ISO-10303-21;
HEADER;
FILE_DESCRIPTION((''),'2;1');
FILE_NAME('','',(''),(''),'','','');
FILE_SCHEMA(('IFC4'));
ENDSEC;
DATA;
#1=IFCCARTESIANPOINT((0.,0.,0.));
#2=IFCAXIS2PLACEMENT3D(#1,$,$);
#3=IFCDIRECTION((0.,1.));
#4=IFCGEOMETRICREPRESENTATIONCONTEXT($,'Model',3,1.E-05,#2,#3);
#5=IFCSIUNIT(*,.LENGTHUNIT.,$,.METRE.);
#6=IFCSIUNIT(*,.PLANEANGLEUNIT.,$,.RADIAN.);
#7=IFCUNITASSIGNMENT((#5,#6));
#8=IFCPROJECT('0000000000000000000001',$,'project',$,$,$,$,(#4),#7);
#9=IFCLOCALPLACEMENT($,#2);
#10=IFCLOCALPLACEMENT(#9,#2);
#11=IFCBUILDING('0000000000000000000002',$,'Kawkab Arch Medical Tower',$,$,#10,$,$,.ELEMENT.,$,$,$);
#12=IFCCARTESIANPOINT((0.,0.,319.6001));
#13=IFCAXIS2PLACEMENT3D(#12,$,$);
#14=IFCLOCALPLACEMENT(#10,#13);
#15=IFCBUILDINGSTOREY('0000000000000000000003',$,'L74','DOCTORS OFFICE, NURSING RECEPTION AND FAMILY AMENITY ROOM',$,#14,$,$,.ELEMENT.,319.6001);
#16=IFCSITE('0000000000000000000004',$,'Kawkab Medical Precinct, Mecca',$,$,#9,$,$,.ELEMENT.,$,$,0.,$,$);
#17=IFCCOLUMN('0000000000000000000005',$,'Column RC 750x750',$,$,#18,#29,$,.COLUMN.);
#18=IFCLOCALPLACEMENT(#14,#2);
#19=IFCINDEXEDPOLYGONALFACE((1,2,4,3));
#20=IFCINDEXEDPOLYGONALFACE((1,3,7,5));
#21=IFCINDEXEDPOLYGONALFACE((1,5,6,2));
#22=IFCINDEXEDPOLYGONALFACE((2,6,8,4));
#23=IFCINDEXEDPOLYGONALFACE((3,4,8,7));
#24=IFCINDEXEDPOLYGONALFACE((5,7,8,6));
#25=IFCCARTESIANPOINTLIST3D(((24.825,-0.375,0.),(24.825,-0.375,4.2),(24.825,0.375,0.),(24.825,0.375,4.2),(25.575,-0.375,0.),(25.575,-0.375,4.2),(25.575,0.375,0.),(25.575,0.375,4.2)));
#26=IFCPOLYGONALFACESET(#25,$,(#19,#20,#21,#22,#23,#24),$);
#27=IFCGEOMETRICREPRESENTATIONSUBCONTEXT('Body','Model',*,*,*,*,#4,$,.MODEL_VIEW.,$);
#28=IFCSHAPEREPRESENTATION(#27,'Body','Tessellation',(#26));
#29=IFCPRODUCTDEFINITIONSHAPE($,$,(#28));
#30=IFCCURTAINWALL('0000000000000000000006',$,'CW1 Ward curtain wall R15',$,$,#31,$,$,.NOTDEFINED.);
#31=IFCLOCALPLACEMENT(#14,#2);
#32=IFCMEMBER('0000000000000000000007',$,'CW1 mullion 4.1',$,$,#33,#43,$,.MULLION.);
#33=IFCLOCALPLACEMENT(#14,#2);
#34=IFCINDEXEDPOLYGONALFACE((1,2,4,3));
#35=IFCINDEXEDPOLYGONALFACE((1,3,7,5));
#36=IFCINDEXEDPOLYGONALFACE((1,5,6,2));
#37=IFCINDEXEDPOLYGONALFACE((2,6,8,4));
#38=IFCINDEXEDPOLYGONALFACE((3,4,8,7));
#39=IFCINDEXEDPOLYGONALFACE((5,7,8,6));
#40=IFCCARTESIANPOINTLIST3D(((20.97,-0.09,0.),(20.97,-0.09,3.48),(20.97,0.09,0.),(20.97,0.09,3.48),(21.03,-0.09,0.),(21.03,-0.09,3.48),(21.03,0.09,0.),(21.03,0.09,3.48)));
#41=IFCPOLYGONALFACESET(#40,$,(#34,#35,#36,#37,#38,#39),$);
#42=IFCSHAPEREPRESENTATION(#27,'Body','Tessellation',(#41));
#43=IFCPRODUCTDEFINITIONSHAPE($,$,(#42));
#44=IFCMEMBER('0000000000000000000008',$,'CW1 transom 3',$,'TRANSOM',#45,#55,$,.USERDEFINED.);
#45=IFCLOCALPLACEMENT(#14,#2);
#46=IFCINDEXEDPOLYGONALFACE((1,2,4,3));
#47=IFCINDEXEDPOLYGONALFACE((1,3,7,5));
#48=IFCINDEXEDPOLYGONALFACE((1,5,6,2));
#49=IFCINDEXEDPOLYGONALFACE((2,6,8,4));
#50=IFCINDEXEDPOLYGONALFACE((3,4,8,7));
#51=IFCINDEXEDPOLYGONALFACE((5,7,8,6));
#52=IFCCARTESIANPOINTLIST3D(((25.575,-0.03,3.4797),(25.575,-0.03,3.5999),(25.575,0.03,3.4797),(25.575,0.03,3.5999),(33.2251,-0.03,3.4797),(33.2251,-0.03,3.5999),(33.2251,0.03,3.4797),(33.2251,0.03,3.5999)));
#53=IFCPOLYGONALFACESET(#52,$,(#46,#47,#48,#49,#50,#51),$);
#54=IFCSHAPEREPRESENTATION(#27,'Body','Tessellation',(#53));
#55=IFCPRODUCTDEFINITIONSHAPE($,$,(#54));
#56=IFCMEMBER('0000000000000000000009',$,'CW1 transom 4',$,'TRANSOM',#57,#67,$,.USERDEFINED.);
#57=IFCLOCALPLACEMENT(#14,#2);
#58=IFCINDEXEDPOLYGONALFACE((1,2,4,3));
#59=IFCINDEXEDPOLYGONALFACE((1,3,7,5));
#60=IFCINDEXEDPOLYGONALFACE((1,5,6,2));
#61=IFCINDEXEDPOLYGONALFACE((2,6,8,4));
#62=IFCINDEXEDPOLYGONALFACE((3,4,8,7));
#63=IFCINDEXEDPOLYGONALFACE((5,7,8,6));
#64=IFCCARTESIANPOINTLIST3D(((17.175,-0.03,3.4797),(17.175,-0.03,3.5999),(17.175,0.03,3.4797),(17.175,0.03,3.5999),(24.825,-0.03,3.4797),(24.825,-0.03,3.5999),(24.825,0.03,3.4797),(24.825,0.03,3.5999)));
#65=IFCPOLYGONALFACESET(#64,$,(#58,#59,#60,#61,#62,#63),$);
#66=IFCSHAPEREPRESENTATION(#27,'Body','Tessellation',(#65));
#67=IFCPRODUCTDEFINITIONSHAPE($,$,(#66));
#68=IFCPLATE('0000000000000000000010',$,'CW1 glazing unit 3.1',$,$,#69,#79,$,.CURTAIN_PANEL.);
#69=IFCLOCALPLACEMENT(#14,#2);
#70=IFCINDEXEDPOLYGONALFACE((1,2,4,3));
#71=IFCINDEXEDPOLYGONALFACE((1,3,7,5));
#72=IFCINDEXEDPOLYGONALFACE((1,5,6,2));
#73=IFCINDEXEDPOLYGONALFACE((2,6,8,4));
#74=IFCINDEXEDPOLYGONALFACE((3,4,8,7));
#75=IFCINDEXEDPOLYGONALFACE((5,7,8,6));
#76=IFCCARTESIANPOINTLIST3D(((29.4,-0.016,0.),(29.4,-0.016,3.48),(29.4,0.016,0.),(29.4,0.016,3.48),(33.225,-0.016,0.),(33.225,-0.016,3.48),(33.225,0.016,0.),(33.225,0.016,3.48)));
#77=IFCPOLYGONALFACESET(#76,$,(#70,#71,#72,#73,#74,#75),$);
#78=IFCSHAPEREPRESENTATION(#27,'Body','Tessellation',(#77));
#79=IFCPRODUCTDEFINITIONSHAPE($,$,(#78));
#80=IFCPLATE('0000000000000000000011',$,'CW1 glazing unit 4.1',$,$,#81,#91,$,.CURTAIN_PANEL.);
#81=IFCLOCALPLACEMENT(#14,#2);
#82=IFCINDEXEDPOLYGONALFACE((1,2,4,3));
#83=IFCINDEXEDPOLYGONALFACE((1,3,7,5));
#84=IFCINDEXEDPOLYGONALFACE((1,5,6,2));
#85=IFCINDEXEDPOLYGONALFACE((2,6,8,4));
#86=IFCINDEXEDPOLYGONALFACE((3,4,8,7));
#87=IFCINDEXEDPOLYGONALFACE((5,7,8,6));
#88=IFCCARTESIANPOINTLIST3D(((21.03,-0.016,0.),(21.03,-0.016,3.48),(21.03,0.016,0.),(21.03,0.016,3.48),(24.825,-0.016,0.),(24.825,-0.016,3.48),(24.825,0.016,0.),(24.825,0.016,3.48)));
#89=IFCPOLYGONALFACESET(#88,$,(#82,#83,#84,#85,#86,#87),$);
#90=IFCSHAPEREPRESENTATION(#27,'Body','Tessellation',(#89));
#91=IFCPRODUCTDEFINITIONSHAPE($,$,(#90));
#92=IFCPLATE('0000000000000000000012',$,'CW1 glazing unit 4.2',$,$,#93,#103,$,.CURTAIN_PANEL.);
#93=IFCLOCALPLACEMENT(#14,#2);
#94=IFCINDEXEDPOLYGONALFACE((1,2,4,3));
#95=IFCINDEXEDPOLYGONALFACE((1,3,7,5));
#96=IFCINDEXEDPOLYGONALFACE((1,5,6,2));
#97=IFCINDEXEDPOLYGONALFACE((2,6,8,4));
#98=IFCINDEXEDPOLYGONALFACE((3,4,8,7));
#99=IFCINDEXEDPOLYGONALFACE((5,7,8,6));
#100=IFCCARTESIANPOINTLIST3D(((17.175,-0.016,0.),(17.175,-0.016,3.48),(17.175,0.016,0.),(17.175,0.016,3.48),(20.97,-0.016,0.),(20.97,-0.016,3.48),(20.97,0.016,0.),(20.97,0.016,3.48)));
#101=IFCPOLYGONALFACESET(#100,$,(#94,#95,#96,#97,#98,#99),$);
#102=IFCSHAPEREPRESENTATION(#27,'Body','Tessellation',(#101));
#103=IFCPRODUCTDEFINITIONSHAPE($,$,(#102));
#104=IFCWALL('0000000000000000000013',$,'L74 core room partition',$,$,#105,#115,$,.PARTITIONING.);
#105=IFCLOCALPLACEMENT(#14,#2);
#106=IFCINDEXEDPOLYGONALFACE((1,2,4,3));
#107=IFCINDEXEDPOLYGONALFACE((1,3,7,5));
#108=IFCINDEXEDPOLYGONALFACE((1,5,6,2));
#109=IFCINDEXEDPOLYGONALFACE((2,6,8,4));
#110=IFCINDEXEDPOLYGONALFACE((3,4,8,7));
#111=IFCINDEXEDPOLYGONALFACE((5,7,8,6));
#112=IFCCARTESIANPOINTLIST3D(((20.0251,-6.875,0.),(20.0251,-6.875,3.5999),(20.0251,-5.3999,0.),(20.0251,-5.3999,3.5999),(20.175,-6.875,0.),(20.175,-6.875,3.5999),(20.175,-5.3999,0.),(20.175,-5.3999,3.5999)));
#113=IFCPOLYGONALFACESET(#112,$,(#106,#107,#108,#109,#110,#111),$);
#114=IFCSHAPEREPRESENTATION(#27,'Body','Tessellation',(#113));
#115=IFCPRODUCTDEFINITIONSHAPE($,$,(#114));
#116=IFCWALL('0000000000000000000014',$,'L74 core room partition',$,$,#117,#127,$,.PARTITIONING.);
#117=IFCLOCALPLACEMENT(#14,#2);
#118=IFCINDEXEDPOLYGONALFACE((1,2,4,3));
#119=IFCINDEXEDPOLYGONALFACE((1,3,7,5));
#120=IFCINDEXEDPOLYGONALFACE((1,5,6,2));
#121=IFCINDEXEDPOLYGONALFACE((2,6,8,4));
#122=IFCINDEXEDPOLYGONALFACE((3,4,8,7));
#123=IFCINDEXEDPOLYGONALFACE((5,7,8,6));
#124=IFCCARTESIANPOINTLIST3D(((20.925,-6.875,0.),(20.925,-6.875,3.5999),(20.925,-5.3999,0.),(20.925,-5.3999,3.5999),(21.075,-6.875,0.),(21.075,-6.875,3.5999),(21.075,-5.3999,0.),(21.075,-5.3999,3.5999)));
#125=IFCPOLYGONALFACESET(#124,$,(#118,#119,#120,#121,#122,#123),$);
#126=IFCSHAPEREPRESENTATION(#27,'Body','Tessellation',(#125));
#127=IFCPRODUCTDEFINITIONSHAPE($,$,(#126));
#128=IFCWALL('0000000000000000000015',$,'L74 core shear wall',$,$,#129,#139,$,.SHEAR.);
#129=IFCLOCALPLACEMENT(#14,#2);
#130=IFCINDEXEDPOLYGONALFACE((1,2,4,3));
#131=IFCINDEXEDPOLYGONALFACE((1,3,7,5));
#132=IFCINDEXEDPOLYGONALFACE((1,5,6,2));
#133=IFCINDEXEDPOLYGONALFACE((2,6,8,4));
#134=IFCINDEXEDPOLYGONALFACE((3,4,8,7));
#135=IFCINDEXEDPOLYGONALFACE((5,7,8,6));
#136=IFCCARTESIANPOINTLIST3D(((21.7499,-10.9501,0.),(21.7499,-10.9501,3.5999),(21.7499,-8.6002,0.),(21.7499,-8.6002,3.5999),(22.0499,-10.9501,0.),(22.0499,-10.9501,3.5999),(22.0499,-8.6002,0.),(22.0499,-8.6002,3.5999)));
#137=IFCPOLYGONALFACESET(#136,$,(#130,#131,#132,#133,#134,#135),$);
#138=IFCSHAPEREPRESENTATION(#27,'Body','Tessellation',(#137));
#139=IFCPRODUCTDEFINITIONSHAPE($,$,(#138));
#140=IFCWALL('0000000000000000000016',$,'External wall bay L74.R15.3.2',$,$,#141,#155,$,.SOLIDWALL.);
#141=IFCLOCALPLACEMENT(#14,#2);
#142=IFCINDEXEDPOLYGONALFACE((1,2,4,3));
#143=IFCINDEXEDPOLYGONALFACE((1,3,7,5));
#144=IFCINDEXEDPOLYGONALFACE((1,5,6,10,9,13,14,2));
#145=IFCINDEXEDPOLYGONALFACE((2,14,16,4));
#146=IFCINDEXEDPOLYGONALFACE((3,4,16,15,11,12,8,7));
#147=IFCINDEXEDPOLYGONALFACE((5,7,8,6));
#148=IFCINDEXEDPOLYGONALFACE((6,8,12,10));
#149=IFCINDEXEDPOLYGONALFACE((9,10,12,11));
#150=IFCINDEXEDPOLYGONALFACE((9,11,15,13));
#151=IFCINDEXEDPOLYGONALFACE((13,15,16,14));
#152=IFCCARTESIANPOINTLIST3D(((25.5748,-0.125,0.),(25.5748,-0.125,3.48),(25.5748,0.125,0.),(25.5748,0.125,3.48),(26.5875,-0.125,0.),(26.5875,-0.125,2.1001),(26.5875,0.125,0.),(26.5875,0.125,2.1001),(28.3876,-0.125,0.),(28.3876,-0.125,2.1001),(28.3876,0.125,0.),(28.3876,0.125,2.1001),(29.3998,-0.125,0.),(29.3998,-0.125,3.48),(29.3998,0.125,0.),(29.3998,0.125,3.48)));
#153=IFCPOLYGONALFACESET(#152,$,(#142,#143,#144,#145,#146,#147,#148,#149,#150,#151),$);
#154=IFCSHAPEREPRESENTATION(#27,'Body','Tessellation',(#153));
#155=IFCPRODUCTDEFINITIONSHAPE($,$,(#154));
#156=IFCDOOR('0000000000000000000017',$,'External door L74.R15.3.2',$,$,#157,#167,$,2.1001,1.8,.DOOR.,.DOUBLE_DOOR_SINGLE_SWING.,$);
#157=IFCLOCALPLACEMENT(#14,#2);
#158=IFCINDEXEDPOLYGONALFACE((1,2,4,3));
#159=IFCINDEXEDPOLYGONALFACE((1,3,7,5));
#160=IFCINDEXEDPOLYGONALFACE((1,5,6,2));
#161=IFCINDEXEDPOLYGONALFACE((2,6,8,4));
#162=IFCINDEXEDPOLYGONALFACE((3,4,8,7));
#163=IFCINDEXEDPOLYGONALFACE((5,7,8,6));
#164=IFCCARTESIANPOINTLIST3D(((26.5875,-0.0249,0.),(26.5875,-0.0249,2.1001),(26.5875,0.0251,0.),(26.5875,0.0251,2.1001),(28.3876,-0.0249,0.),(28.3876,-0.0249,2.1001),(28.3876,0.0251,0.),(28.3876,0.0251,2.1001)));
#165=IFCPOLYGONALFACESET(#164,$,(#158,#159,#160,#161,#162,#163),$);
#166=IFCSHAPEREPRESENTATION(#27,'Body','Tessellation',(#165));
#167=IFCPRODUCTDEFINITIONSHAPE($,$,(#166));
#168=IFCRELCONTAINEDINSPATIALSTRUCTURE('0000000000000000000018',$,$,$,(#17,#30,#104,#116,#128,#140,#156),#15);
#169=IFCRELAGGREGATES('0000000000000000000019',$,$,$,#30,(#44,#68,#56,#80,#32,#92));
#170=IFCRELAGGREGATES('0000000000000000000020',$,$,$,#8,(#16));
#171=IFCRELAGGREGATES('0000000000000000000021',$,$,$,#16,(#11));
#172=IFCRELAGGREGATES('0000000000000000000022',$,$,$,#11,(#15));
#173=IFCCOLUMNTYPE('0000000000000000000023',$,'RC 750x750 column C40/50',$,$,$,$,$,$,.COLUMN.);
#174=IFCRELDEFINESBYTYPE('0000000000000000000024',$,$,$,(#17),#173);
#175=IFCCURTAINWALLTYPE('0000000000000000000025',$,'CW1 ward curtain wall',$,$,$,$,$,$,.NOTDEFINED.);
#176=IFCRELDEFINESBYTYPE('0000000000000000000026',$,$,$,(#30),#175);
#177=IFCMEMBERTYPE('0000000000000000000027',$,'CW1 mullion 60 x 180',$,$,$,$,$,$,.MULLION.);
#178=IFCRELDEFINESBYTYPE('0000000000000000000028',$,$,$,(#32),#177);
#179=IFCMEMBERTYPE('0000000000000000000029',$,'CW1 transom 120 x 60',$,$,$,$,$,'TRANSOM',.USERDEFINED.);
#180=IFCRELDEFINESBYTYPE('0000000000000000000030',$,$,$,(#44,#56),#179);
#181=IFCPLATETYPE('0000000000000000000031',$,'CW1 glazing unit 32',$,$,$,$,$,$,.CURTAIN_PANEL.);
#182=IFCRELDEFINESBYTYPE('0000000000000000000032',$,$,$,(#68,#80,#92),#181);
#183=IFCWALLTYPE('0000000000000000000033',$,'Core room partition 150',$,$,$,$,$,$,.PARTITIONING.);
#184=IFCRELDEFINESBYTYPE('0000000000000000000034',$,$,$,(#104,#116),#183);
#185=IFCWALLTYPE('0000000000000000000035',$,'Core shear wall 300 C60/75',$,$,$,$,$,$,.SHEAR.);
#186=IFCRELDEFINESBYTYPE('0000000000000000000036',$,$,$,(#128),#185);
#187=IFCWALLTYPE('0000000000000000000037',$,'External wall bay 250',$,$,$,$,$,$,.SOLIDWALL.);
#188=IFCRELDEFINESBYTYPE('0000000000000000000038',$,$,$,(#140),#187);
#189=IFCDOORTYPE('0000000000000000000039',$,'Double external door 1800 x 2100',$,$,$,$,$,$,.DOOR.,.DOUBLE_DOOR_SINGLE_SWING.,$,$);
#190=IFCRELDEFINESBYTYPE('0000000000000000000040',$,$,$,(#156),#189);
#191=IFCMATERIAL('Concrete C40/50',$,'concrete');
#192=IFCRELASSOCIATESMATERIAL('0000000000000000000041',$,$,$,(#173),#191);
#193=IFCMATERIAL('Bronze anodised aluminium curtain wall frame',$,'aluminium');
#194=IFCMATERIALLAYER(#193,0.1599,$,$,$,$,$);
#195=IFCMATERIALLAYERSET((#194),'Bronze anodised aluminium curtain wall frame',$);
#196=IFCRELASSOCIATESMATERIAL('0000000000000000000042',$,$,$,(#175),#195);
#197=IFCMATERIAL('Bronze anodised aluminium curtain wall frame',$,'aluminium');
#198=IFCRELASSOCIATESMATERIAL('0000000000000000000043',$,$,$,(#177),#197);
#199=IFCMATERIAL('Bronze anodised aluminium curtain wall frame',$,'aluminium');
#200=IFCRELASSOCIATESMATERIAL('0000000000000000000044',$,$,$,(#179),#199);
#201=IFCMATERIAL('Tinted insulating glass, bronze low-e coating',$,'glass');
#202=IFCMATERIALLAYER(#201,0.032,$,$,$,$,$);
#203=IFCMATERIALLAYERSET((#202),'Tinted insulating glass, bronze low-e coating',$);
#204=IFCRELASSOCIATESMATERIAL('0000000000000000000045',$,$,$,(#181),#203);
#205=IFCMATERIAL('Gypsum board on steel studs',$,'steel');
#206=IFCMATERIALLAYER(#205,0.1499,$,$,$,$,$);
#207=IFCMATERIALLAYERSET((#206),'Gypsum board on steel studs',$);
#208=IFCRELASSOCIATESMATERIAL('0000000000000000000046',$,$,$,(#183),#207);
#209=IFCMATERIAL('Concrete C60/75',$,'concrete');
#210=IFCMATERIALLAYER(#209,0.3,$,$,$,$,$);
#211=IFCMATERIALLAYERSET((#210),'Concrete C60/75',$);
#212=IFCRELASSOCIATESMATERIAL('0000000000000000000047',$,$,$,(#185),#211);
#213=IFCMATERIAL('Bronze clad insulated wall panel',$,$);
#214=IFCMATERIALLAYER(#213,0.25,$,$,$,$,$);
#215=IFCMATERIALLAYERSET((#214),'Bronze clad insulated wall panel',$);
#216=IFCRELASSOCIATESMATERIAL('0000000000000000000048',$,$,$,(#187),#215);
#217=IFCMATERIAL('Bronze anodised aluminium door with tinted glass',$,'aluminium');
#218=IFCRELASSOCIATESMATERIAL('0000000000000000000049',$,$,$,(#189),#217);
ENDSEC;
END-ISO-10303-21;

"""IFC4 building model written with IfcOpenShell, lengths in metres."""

from ifc_helpers import new_model, si_unit, direction, frame, frame_2d, origin, origin_2d, place, context, subcontext, project, spatial, rectangle, extrude, material, layer, layer_set, material_profile, profile_set, type_object, element, fill, aggregate, save


model = new_model("IFC4")

# Units and contexts
model_context = context("Model", 3, precision=1e-05, world=origin(), true_north=direction((0.0, 1.0)))
body_context = subcontext(model_context, "Body", "Model", "MODEL_VIEW")
ifc_project = project(units=[si_unit("LENGTHUNIT", "METRE"), si_unit("PLANEANGLEUNIT", "RADIAN")], contexts=[model_context])

# Site, building, storey
site_placement = place(None, origin())
site = spatial("IfcSite", under=ifc_project, at=site_placement, Name="Kawkab Medical Precinct, Mecca", CompositionType="ELEMENT", RefElevation=0.0)
building_placement = place(site_placement, origin())
building = spatial("IfcBuilding", under=site, at=building_placement, Name="Kawkab Arch Medical Tower", CompositionType="ELEMENT")
storey_placement = place(building_placement, frame((0.0, 0.0, 319.6001)))
storey = spatial("IfcBuildingStorey", under=building, at=storey_placement, Name="L74", Description="DOCTORS OFFICE, NURSING RECEPTION AND FAMILY AMENITY ROOM", CompositionType="ELEMENT", Elevation=319.6001)

# Column
ifc_material_1 = material(Name="Concrete C40/50", Category="concrete")
ifc_material_profile_1 = material_profile(ifc_material_1, rectangle(XDim=0.75, YDim=0.75, at=origin_2d()), Name="RC 750x750")
ifc_profile_set_1 = profile_set([ifc_material_profile_1], Name="Concrete C40/50")
column_type = type_object("IfcColumnType", Name="RC 750x750 column C40/50", PredefinedType="COLUMN", material=ifc_profile_set_1)
column_placement = place(storey_placement, frame((25.2, 0.0, 0.0), z_axis=(0.0, 0.0, 1.0), x_axis=(1.0, 0.0, 0.0)))
element("IfcColumn", 1, at=column_placement, inside=storey, type_object=column_type, Name="Column RC 750x750", PredefinedType="COLUMN", context=body_context, shape_type="SweptSolid", body=[
    extrude(rectangle(XDim=0.75, YDim=0.75, at=origin_2d()), origin(), (0.0, 0.0, 1.0), 4.2),
])

# Curtain wall, members, plates
ifc_material_2 = material(Name="Bronze anodised aluminium curtain wall frame", Category="aluminium")
ifc_layer_1 = layer(ifc_material_2, 0.1599)
ifc_layer_set_1 = layer_set([ifc_layer_1], Name="Bronze anodised aluminium curtain wall frame")
curtain_wall_type = type_object("IfcCurtainWallType", Name="CW1 ward curtain wall", PredefinedType="NOTDEFINED", material=ifc_layer_set_1)
placement = place(storey_placement, origin())
curtain_wall = element("IfcCurtainWall", 2, at=placement, inside=storey, type_object=curtain_wall_type, Name="CW1 Ward curtain wall R15", PredefinedType="NOTDEFINED")
ifc_material_3 = material(Name="Bronze anodised aluminium curtain wall frame", Category="aluminium")
ifc_material_profile_2 = material_profile(ifc_material_3, rectangle(XDim=0.1799, YDim=0.0601, at=origin_2d()), Name="AL 60x180")
ifc_profile_set_2 = profile_set([ifc_material_profile_2], Name="Bronze anodised aluminium curtain wall frame")
member_type_1 = type_object("IfcMemberType", Name="CW1 mullion 60 x 180", PredefinedType="MULLION", material=ifc_profile_set_2)
member_1_placement = place(storey_placement, frame((21.0, 0.0, 0.0), z_axis=(0.0, 0.0, 1.0), x_axis=(0.0, -1.0, 0.0)))
member_1 = element("IfcMember", 3, at=member_1_placement, type_object=member_type_1, Name="CW1 mullion 4.1", PredefinedType="MULLION", context=body_context, shape_type="SweptSolid", body=[
    extrude(rectangle(XDim=0.1799, YDim=0.0601, at=origin_2d()), origin(), (0.0, 0.0, 1.0), 3.48),
])
ifc_material_4 = material(Name="Bronze anodised aluminium curtain wall frame", Category="aluminium")
ifc_material_profile_3 = material_profile(ifc_material_4, rectangle(XDim=0.0601, YDim=0.1201, at=origin_2d()), Name="AL 60x120")
ifc_profile_set_3 = profile_set([ifc_material_profile_3], Name="Bronze anodised aluminium curtain wall frame")
member_type_2 = type_object("IfcMemberType", Name="CW1 transom 120 x 60", ElementType="TRANSOM", PredefinedType="USERDEFINED", material=ifc_profile_set_3)
member_2_placement = place(storey_placement, frame((33.2251, 0.0, 3.5398), z_axis=(-1.0, 0.0, 0.0), x_axis=(0.0, -1.0, 0.0)))
member_2 = element("IfcMember", 4, at=member_2_placement, type_object=member_type_2, Name="CW1 transom 3", ObjectType="TRANSOM", PredefinedType="USERDEFINED", context=body_context, shape_type="SweptSolid", body=[
    extrude(rectangle(XDim=0.0601, YDim=0.1201, at=origin_2d()), origin(), (0.0, 0.0, 1.0), 7.6501),
])
member_3_placement = place(storey_placement, frame((24.825, 0.0, 3.5398), z_axis=(-1.0, 0.0, 0.0), x_axis=(0.0, -1.0, 0.0)))
member_3 = element("IfcMember", 5, at=member_3_placement, type_object=member_type_2, Name="CW1 transom 4", ObjectType="TRANSOM", PredefinedType="USERDEFINED", context=body_context, shape_type="SweptSolid", body=[
    extrude(rectangle(XDim=0.0601, YDim=0.1201, at=origin_2d()), origin(), (0.0, 0.0, 1.0), 7.6499),
])
ifc_material_5 = material(Name="Tinted insulating glass, bronze low-e coating", Category="glass")
ifc_layer_2 = layer(ifc_material_5, 0.032)
ifc_layer_set_2 = layer_set([ifc_layer_2], Name="Tinted insulating glass, bronze low-e coating")
plate_type = type_object("IfcPlateType", Name="CW1 glazing unit 32", PredefinedType="CURTAIN_PANEL", material=ifc_layer_set_2)
plate_1_placement = place(storey_placement, frame((31.3125, 0.0, 0.0), z_axis=(0.0, 0.0, 1.0), x_axis=(-1.0, 0.0, 0.0)))
plate_1 = element("IfcPlate", 6, at=plate_1_placement, type_object=plate_type, Name="CW1 glazing unit 3.1", PredefinedType="CURTAIN_PANEL", context=body_context, shape_type="SweptSolid", body=[
    extrude(rectangle(XDim=3.825, YDim=0.032, at=origin_2d()), origin(), (0.0, 0.0, 1.0), 3.48),
])
plate_2_placement = place(storey_placement, frame((22.9275, 0.0, 0.0), z_axis=(0.0, 0.0, 1.0), x_axis=(-1.0, 0.0, 0.0)))
plate_2 = element("IfcPlate", 7, at=plate_2_placement, type_object=plate_type, Name="CW1 glazing unit 4.1", PredefinedType="CURTAIN_PANEL", context=body_context, shape_type="SweptSolid", body=[
    extrude(rectangle(XDim=3.7949, YDim=0.032, at=origin_2d()), origin(), (0.0, 0.0, 1.0), 3.48),
])
plate_3_placement = place(storey_placement, frame((19.0725, 0.0, 0.0), z_axis=(0.0, 0.0, 1.0), x_axis=(-1.0, 0.0, 0.0)))
plate_3 = element("IfcPlate", 8, at=plate_3_placement, type_object=plate_type, Name="CW1 glazing unit 4.2", PredefinedType="CURTAIN_PANEL", context=body_context, shape_type="SweptSolid", body=[
    extrude(rectangle(XDim=3.7949, YDim=0.032, at=origin_2d()), origin(), (0.0, 0.0, 1.0), 3.48),
])
aggregate(curtain_wall, [member_2, plate_1, member_3, plate_2, member_1, plate_3])

# Walls
ifc_material_6 = material(Name="Gypsum board on steel studs", Category="steel")
ifc_layer_3 = layer(ifc_material_6, 0.1499)
ifc_layer_set_3 = layer_set([ifc_layer_3], Name="Gypsum board on steel studs")
wall_type_1 = type_object("IfcWallType", Name="Core room partition 150", PredefinedType="PARTITIONING", material=ifc_layer_set_3)
for number, where, z_axis, x_axis, name in (
    (9, (20.1001, -6.875, 0.0), (0.0, 0.0, 1.0), (0.0, 1.0, 0.0), "L74 core room partition"),
    (10, (21.0, -6.875, 0.0), (0.0, 0.0, 1.0), (0.0, 1.0, 0.0), "L74 core room partition"),
):
    element("IfcWall", number, at=place(storey_placement, frame(where, z_axis=z_axis, x_axis=x_axis)), inside=storey, type_object=wall_type_1, Name=name, PredefinedType="PARTITIONING", context=body_context, shape_type="SweptSolid", body=[
        extrude(rectangle(XDim=1.4751, YDim=0.1499, at=frame_2d((0.7375, 0.0))), origin(), (0.0, 0.0, 1.0), 3.5999),
    ])
ifc_material_7 = material(Name="Concrete C60/75", Category="concrete")
ifc_layer_4 = layer(ifc_material_7, 0.3)
ifc_layer_set_4 = layer_set([ifc_layer_4], Name="Concrete C60/75")
wall_type_2 = type_object("IfcWallType", Name="Core shear wall 300 C60/75", PredefinedType="SHEAR", material=ifc_layer_set_4)
wall_1_placement = place(storey_placement, frame((21.8999, -10.95, 0.0), z_axis=(0.0, 0.0, 1.0), x_axis=(0.0, 1.0, 0.0)))
element("IfcWall", 11, at=wall_1_placement, inside=storey, type_object=wall_type_2, Name="L74 core shear wall", PredefinedType="SHEAR", context=body_context, shape_type="SweptSolid", body=[
    extrude(rectangle(XDim=2.3499, YDim=0.3, at=frame_2d((1.1748, 0.0))), origin(), (0.0, 0.0, 1.0), 3.5999),
])

# Wall, opening, door
ifc_material_8 = material(Name="Bronze clad insulated wall panel")
ifc_layer_5 = layer(ifc_material_8, 0.25)
ifc_layer_set_5 = layer_set([ifc_layer_5], Name="Bronze clad insulated wall panel")
wall_type_3 = type_object("IfcWallType", Name="External wall bay 250", PredefinedType="SOLIDWALL", material=ifc_layer_set_5)
wall_2_placement = place(storey_placement, frame((29.3999, 0.0, 0.0), z_axis=(0.0, 0.0, 1.0), x_axis=(-1.0, 0.0, 0.0)))
wall_2 = element("IfcWall", 12, at=wall_2_placement, inside=storey, type_object=wall_type_3, Name="External wall bay L74.R15.3.2", PredefinedType="SOLIDWALL", context=body_context, shape_type="SweptSolid", body=[
    extrude(rectangle(XDim=3.825, YDim=0.25, at=frame_2d((1.9126, 0.0))), origin(), (0.0, 0.0, 1.0), 3.48),
])
opening_1_placement = place(wall_2_placement, frame((1.0125, 0.0, 0.0)))
opening_1 = element("IfcOpeningElement", 13, at=opening_1_placement, cuts=wall_2, PredefinedType="OPENING", context=body_context, shape_type="SweptSolid", body=[
    extrude(rectangle(XDim=1.8, YDim=2.1001, at=frame_2d((0.8999, 1.05))), frame((0.0, 0.135, 0.0), z_axis=(0.0, -1.0, 0.0), x_axis=(1.0, 0.0, 0.0)), (0.0, 0.0, 1.0), 0.27),
])
ifc_material_9 = material(Name="Bronze anodised aluminium door with tinted glass", Category="aluminium")
door_type_1 = type_object("IfcDoorType", Name="Double external door 1800 x 2100", OperationType="DOUBLE_DOOR_SINGLE_SWING", PredefinedType="DOOR", material=ifc_material_9)
door_1_placement = place(opening_1_placement, origin())
door_1 = element("IfcDoor", 14, at=door_1_placement, inside=storey, type_object=door_type_1, Name="External door L74.R15.3.2", OperationType="DOUBLE_DOOR_SINGLE_SWING", OverallHeight=2.1001, OverallWidth=1.8, PredefinedType="DOOR", context=body_context, shape_type="SweptSolid", body=[
    extrude(rectangle(XDim=1.8, YDim=2.1001, at=frame_2d((0.8999, 1.05))), frame((0.0, 0.0249, 0.0), z_axis=(0.0, -1.0, 0.0), x_axis=(1.0, 0.0, 0.0)), (0.0, 0.0, 1.0), 0.05),
])
fill(opening_1, door_1)

save(model, "model.ifc")
